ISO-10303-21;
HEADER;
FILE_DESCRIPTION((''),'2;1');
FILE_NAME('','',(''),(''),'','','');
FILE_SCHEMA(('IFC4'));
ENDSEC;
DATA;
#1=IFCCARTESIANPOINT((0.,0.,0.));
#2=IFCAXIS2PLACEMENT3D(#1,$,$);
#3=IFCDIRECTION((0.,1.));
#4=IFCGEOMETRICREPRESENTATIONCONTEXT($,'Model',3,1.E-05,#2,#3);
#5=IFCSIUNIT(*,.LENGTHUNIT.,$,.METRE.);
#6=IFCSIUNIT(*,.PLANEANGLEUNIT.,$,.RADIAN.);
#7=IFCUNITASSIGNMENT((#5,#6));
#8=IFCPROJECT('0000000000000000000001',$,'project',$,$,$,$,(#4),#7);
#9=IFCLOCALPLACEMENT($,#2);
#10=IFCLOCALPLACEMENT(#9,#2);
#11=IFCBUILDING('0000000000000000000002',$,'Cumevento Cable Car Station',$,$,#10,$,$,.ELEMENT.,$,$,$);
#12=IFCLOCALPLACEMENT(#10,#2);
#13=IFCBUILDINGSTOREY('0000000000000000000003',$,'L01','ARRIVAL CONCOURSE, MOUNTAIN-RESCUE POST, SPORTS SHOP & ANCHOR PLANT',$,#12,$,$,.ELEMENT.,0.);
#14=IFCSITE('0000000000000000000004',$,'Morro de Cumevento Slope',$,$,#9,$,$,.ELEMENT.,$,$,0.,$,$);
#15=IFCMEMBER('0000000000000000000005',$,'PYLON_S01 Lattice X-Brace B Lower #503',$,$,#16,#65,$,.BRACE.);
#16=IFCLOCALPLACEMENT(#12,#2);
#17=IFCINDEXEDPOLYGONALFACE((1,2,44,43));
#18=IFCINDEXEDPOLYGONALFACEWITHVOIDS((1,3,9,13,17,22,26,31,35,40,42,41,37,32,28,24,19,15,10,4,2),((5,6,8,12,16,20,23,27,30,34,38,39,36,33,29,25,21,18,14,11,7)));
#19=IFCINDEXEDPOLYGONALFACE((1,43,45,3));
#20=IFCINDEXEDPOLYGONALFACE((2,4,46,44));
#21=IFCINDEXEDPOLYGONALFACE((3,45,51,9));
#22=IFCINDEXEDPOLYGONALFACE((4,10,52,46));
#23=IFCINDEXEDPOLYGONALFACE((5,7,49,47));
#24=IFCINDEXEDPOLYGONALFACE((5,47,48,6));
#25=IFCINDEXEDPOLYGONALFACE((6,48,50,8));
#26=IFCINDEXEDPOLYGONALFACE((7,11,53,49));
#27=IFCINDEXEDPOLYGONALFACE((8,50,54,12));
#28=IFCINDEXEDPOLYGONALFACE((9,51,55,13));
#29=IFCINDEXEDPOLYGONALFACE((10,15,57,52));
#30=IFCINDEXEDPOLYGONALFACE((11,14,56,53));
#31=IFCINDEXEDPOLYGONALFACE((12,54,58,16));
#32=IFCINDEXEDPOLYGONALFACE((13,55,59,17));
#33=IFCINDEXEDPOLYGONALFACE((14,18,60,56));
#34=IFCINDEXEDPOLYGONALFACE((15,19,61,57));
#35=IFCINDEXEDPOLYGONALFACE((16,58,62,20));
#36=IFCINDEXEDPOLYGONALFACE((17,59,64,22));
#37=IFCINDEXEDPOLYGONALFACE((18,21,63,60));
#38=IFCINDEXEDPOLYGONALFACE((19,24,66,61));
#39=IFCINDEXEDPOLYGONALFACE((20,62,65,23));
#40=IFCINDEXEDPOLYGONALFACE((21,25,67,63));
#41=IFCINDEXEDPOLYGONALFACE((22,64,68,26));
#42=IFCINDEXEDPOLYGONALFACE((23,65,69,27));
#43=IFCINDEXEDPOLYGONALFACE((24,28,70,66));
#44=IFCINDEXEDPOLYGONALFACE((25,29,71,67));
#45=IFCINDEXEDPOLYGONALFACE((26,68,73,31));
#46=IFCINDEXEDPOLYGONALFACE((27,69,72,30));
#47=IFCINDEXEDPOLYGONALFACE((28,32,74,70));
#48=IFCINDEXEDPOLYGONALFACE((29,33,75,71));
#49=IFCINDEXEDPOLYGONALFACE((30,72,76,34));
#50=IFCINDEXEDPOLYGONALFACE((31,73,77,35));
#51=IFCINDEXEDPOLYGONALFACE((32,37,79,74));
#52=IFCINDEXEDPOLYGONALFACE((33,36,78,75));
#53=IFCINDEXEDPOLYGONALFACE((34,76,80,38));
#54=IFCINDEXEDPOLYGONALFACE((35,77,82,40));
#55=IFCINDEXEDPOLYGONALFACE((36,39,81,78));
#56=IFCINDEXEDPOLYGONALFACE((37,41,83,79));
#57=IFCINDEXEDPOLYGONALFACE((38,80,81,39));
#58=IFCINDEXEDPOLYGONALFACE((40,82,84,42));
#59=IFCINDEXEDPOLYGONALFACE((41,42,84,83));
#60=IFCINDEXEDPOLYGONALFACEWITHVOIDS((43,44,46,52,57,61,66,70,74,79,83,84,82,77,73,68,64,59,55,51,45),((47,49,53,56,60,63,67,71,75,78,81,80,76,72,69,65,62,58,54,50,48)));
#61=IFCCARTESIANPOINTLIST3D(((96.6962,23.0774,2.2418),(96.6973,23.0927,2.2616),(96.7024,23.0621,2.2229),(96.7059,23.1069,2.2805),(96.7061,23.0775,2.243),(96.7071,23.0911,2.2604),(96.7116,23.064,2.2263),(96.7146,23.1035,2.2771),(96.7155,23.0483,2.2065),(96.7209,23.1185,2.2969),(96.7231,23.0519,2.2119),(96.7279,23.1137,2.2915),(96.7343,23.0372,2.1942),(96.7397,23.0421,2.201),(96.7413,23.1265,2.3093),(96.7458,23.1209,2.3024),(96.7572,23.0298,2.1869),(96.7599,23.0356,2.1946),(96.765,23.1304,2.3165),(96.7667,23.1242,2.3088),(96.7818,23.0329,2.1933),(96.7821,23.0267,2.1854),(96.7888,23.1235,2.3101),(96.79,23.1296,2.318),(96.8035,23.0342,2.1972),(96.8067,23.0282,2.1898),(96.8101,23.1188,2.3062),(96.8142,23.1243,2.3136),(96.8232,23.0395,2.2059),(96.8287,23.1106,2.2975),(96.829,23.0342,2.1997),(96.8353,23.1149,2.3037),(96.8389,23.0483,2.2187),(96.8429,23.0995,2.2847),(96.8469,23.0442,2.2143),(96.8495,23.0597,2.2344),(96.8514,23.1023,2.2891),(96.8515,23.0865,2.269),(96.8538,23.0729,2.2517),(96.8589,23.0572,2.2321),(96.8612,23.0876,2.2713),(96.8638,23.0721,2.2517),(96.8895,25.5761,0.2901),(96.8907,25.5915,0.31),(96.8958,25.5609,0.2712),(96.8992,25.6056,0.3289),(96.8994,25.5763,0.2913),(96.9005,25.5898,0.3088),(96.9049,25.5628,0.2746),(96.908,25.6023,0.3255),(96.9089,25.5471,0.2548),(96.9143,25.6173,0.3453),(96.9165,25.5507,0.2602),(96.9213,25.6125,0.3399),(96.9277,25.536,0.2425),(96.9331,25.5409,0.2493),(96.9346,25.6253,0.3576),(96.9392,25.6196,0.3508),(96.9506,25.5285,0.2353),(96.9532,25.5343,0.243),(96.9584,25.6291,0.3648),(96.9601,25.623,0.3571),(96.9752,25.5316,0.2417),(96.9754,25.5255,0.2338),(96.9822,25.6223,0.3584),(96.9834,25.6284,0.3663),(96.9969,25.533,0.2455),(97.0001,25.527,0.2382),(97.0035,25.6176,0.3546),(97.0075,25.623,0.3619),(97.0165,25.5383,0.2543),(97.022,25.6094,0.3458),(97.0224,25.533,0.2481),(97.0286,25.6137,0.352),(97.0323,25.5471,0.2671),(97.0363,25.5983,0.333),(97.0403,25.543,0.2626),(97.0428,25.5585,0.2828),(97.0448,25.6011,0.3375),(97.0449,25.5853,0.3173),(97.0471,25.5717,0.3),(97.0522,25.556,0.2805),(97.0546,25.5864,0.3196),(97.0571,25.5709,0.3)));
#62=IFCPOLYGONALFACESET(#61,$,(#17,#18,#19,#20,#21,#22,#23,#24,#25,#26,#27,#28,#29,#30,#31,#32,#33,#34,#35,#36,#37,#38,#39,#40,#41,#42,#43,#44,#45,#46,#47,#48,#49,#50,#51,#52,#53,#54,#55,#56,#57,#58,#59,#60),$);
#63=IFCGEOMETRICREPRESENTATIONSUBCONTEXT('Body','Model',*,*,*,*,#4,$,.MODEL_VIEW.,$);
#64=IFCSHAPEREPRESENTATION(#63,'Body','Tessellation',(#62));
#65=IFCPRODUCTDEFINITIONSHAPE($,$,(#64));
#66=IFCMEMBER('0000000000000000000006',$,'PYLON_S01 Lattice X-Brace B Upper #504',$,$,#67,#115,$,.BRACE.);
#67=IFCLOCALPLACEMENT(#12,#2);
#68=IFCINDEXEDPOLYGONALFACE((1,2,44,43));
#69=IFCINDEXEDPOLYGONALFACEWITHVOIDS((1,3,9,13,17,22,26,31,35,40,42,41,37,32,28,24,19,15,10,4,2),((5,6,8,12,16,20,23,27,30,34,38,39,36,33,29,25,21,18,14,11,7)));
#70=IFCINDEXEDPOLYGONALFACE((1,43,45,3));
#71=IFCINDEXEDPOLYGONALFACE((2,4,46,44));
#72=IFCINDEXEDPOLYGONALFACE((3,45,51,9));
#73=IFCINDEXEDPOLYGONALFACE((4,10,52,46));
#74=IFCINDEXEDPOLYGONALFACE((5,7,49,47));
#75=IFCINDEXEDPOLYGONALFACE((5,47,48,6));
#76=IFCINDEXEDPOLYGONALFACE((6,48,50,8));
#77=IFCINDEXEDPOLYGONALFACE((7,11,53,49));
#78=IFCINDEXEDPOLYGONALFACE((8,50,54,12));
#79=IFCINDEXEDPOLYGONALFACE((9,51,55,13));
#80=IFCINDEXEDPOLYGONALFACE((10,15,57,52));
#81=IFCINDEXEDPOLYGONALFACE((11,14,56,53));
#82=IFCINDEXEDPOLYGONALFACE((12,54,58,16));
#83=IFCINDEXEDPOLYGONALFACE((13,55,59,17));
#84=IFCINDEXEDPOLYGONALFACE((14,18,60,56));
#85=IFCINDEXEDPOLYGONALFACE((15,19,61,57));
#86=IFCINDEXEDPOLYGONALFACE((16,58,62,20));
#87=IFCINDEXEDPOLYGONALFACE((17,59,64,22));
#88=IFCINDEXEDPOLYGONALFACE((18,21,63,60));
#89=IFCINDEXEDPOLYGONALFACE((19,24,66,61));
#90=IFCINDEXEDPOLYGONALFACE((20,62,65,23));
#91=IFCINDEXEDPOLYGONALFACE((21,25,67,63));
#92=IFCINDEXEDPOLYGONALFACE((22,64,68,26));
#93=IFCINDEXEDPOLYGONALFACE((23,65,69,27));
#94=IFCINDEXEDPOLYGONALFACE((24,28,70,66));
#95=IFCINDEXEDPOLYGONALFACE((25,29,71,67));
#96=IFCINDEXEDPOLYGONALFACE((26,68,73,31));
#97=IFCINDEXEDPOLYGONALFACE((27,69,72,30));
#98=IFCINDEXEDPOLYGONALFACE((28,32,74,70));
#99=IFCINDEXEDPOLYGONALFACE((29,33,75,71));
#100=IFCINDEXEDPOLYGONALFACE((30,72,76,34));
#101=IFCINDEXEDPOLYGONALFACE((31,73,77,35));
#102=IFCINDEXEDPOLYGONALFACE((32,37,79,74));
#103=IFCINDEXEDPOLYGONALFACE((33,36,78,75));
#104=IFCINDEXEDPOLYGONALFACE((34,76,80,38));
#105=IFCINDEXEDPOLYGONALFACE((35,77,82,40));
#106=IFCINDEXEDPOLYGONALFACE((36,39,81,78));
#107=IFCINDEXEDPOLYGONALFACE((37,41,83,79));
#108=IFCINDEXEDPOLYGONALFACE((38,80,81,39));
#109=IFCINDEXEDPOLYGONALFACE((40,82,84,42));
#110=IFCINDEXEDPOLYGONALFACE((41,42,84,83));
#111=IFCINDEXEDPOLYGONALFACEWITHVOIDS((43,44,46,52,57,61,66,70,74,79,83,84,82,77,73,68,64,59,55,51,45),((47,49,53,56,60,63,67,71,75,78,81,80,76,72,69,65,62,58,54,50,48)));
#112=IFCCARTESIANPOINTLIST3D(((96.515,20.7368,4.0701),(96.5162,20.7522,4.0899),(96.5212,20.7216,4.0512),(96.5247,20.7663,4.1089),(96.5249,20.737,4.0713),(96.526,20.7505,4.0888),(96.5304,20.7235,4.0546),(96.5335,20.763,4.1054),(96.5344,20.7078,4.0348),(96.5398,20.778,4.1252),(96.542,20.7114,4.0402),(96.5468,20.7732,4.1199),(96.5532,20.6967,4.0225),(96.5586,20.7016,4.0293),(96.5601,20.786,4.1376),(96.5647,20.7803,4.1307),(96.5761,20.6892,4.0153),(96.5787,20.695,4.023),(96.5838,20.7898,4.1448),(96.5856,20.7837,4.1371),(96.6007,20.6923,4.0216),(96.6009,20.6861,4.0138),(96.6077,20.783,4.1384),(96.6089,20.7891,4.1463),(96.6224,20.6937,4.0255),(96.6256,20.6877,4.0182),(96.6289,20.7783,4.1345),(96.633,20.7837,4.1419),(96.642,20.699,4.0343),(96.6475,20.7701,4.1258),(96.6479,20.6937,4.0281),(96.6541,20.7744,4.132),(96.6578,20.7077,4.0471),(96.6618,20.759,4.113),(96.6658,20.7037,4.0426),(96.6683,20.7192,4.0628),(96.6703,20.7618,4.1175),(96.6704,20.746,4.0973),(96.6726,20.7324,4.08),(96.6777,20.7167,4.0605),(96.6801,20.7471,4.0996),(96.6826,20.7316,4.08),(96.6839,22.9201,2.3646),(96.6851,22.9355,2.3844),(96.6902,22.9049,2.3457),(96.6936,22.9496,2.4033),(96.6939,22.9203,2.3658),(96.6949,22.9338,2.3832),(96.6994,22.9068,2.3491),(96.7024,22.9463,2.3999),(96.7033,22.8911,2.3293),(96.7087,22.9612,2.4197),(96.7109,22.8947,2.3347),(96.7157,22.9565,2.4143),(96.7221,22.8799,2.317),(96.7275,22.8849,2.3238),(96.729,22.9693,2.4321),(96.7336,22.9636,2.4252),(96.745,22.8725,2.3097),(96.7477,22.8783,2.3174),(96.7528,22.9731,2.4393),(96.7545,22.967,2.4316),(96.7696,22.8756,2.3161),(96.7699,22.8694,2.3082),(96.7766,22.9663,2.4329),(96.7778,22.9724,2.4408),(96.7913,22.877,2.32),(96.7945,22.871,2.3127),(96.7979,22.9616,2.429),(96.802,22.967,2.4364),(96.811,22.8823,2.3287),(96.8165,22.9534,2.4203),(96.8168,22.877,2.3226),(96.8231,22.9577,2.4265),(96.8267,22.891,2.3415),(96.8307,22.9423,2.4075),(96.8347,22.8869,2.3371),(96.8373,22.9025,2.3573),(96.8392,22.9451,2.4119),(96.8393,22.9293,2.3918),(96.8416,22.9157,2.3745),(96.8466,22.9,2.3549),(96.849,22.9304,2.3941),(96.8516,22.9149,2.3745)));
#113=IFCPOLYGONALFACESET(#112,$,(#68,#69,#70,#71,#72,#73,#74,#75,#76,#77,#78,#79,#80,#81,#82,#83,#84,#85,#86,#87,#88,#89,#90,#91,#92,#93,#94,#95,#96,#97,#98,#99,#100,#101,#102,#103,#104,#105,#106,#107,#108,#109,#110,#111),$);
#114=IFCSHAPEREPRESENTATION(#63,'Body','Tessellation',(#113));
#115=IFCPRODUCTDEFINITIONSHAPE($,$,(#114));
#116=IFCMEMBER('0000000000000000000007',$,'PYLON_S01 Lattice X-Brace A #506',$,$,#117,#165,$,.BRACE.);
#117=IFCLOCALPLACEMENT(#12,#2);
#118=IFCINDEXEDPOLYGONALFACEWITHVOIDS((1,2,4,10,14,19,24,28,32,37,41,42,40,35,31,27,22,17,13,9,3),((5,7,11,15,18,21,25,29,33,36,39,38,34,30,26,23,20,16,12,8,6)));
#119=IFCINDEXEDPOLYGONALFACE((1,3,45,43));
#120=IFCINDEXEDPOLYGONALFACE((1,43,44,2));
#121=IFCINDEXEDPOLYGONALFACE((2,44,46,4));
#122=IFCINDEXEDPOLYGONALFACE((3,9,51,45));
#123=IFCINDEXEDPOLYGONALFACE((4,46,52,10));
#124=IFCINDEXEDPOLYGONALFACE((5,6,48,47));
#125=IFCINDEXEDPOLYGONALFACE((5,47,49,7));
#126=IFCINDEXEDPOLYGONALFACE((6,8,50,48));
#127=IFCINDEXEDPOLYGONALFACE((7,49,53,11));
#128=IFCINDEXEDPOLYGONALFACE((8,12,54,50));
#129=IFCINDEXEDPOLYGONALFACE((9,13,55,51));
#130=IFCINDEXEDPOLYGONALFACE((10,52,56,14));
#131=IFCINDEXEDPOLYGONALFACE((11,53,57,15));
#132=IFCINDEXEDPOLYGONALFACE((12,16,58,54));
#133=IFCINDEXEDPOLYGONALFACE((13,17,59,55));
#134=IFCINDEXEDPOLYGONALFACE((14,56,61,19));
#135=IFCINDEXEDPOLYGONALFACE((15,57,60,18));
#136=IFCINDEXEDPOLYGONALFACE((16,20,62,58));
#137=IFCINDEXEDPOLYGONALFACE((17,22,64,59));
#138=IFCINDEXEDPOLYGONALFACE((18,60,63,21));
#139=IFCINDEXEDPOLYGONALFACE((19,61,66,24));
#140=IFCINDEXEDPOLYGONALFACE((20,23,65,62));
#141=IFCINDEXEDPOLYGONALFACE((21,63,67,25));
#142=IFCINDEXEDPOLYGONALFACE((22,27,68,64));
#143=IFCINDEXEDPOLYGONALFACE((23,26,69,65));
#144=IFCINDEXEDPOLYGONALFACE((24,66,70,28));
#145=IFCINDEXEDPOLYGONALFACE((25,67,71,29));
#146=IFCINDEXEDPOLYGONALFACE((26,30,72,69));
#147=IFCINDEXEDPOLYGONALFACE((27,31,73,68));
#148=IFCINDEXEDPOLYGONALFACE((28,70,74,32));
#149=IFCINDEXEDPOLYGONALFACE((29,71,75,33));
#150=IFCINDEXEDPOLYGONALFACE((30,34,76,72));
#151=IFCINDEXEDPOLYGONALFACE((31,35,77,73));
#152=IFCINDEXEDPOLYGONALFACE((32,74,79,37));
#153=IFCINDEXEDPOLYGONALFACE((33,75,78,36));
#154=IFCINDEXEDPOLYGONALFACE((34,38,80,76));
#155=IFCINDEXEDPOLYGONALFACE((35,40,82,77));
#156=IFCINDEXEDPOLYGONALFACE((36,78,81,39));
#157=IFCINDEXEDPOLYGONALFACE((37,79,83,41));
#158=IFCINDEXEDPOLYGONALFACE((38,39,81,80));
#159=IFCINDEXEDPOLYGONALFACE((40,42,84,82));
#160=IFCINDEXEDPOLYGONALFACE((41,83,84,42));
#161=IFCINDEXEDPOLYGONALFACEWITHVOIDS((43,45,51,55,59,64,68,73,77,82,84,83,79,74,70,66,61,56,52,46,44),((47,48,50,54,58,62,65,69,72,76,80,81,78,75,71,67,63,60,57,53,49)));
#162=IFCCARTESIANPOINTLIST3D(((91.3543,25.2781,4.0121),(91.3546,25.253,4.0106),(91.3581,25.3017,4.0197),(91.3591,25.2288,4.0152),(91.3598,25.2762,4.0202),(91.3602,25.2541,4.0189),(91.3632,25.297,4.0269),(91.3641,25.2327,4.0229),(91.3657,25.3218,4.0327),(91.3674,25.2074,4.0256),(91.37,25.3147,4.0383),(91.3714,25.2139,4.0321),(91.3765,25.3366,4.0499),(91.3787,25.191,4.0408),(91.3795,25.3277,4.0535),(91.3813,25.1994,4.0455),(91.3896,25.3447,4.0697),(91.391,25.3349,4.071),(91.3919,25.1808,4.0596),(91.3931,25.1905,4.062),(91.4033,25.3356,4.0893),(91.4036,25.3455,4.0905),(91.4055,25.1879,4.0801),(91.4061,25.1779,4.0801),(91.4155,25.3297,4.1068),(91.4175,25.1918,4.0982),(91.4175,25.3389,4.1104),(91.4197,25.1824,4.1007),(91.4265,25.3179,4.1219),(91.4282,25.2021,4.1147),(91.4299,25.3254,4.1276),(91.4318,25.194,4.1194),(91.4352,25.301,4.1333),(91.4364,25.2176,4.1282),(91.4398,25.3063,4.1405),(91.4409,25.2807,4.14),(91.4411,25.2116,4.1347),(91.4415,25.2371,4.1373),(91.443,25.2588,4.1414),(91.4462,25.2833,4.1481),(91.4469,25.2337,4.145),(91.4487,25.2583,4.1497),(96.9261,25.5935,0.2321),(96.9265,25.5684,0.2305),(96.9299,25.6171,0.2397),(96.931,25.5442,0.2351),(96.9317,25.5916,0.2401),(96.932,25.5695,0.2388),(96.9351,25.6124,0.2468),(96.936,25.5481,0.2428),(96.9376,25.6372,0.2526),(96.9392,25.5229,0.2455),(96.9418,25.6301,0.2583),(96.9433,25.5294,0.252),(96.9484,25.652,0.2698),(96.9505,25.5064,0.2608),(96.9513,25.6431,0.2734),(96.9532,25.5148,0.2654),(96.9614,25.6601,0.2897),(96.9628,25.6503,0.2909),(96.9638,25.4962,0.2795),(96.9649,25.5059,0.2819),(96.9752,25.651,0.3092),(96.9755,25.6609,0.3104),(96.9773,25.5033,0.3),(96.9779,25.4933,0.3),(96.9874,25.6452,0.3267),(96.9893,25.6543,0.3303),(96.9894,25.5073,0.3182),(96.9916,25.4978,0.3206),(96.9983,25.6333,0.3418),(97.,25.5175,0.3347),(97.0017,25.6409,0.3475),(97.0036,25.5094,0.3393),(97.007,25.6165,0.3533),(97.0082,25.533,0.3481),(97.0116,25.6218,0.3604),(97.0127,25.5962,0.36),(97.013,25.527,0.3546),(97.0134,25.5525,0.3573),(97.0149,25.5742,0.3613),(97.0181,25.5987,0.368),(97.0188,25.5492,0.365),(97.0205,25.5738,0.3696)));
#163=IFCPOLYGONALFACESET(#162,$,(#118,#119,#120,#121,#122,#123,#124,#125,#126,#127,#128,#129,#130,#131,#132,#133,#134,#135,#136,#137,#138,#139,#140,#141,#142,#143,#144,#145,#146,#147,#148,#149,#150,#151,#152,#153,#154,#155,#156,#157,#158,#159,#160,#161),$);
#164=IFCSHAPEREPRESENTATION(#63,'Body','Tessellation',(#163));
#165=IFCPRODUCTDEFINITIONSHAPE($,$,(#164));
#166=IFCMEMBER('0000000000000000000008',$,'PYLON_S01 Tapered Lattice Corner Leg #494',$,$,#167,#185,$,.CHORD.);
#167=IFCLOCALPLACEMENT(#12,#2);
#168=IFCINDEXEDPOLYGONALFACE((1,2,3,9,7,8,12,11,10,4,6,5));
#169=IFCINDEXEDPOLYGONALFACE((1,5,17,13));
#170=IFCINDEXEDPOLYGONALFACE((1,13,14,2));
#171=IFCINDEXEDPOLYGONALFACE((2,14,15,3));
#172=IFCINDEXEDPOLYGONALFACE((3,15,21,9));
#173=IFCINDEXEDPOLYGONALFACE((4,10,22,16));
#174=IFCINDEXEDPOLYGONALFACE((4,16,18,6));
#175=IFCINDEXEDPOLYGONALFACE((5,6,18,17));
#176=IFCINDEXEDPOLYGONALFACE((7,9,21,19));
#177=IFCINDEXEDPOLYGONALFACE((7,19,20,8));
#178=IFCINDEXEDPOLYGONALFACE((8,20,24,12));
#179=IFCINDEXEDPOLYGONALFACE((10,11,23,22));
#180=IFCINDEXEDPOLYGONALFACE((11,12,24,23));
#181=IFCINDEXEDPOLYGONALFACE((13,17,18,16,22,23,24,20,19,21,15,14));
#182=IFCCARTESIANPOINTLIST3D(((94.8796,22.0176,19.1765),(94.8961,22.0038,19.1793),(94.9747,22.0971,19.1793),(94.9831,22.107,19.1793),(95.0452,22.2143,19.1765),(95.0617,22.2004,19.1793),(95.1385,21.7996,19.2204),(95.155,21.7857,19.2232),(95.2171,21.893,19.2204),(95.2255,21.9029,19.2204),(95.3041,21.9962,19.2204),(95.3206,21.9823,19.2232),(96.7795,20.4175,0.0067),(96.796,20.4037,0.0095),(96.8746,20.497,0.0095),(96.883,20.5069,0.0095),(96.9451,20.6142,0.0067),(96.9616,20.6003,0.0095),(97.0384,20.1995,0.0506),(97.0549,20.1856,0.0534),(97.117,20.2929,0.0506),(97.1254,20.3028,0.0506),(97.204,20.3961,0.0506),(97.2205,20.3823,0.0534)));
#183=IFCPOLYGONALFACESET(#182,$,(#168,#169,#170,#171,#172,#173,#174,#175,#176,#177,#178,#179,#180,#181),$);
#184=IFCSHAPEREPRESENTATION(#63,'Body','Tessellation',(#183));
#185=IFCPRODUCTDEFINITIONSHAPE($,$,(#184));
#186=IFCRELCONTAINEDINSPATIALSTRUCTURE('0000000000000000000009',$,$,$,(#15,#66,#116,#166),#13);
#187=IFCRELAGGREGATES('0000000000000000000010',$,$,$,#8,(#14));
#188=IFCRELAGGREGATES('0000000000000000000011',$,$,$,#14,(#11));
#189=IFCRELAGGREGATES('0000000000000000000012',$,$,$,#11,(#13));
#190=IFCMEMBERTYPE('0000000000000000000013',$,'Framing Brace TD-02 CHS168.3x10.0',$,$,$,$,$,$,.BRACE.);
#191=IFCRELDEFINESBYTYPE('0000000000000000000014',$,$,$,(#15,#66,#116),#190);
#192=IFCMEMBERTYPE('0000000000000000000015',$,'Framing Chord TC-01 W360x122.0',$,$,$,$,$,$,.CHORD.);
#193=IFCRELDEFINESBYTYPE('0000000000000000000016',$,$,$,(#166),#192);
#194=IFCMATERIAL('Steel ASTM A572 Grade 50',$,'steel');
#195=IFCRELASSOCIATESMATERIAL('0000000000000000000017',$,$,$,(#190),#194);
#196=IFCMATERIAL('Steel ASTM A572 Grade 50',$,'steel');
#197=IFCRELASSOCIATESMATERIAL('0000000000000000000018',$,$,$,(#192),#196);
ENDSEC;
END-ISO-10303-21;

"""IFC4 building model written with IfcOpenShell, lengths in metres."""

from ifc_helpers import new_model, si_unit, direction, frame, origin, origin_2d, place, context, subcontext, project, spatial, hollow_circle, i_section, extrude, material, material_profile, profile_set, type_object, element, save


model = new_model("IFC4")

# Units and contexts
model_context = context("Model", 3, precision=1e-05, world=origin(), true_north=direction((0.0, 1.0)))
body_context = subcontext(model_context, "Body", "Model", "MODEL_VIEW")
ifc_project = project(units=[si_unit("LENGTHUNIT", "METRE"), si_unit("PLANEANGLEUNIT", "RADIAN")], contexts=[model_context])

# Site, building, storey
site_placement = place(None, origin())
site = spatial("IfcSite", under=ifc_project, at=site_placement, Name="Morro de Cumevento Slope", CompositionType="ELEMENT", RefElevation=0.0)
building_placement = place(site_placement, origin())
building = spatial("IfcBuilding", under=site, at=building_placement, Name="Cumevento Cable Car Station", CompositionType="ELEMENT")
storey_placement = place(building_placement, origin())
storey = spatial("IfcBuildingStorey", under=building, at=storey_placement, Name="L01", Description="ARRIVAL CONCOURSE, MOUNTAIN-RESCUE POST, SPORTS SHOP & ANCHOR PLANT", CompositionType="ELEMENT", Elevation=0.0)

# Members
ifc_material_1 = material(Name="Steel ASTM A572 Grade 50", Category="steel")
ifc_material_profile_1 = material_profile(ifc_material_1, hollow_circle(Radius=0.0842, WallThickness=0.01, at=origin_2d()), Name="CHS168.3x10.0")
ifc_profile_set_1 = profile_set([ifc_material_profile_1], Name="Steel ASTM A572 Grade 50")
member_type_1 = type_object("IfcMemberType", Name="Framing Brace TD-02 CHS168.3x10.0", PredefinedType="BRACE", material=ifc_profile_set_1)
member_1_placement = place(storey_placement, frame((96.9731, 25.5774, 0.3), z_axis=(-0.060871, -0.786641, 0.614402), x_axis=(0.997019, -0.077151, 0.0)))
element("IfcMember", 1, at=member_1_placement, inside=storey, type_object=member_type_1, Name="PYLON_S01 Lattice X-Brace B Lower #503", PredefinedType="BRACE", context=body_context, shape_type="SweptSolid", body=[
    extrude(hollow_circle(Radius=0.0842, WallThickness=0.01, at=origin_2d()), origin(), (0.0, 0.0, 1.0), 3.1765),
])
member_2_placement = place(storey_placement, frame((96.7676, 22.9214, 2.3745), z_axis=(-0.060866, -0.786594, 0.614463), x_axis=(0.99702, -0.077148, 0.0)))
element("IfcMember", 2, at=member_2_placement, inside=storey, type_object=member_type_1, Name="PYLON_S01 Lattice X-Brace B Upper #504", PredefinedType="BRACE", context=body_context, shape_type="SweptSolid", body=[
    extrude(hollow_circle(Radius=0.0842, WallThickness=0.01, at=origin_2d()), origin(), (0.0, 0.0, 1.0), 2.7756),
])
member_3_placement = place(storey_placement, frame((96.9731, 25.5774, 0.3), z_axis=(-0.826626, -0.046797, 0.560803), x_axis=(0.056522, -0.998401, 0.0)))
element("IfcMember", 3, at=member_3_placement, inside=storey, type_object=member_type_1, Name="PYLON_S01 Lattice X-Brace A #506", PredefinedType="BRACE", context=body_context, shape_type="SweptSolid", body=[
    extrude(hollow_circle(Radius=0.0842, WallThickness=0.01, at=origin_2d()), origin(), (0.0, 0.0, 1.0), 6.7405),
])
ifc_material_2 = material(Name="Steel ASTM A572 Grade 50", Category="steel")
ifc_material_profile_2 = material_profile(ifc_material_2, i_section(OverallWidth=0.2571, OverallDepth=0.363, WebThickness=0.0129, FlangeThickness=0.0217, at=origin_2d()), Name="W360x122.0")
ifc_profile_set_2 = profile_set([ifc_material_profile_2], Name="Steel ASTM A572 Grade 50")
member_type_2 = type_object("IfcMemberType", Name="Framing Chord TC-01 W360x122.0", PredefinedType="CHORD", material=ifc_profile_set_2)
for number, where, z_axis, x_axis, name in (
    (4, (97.0, 20.3999, 0.03), (-0.098287, 0.082777, 0.991709), (-0.644178, -0.764876, 0.0), "PYLON_S01 Tapered Lattice Corner Leg #494"),
):
    element("IfcMember", number, at=place(storey_placement, frame(where, z_axis=z_axis, x_axis=x_axis)), inside=storey, type_object=member_type_2, Name=name, PredefinedType="CHORD", context=body_context, shape_type="SweptSolid", body=[
        extrude(i_section(OverallWidth=0.2571, OverallDepth=0.363, WebThickness=0.0129, FlangeThickness=0.0217, at=origin_2d()), origin(), (0.0, 0.0, 1.0), 19.3301),
    ])

save(model, "model.ifc")
